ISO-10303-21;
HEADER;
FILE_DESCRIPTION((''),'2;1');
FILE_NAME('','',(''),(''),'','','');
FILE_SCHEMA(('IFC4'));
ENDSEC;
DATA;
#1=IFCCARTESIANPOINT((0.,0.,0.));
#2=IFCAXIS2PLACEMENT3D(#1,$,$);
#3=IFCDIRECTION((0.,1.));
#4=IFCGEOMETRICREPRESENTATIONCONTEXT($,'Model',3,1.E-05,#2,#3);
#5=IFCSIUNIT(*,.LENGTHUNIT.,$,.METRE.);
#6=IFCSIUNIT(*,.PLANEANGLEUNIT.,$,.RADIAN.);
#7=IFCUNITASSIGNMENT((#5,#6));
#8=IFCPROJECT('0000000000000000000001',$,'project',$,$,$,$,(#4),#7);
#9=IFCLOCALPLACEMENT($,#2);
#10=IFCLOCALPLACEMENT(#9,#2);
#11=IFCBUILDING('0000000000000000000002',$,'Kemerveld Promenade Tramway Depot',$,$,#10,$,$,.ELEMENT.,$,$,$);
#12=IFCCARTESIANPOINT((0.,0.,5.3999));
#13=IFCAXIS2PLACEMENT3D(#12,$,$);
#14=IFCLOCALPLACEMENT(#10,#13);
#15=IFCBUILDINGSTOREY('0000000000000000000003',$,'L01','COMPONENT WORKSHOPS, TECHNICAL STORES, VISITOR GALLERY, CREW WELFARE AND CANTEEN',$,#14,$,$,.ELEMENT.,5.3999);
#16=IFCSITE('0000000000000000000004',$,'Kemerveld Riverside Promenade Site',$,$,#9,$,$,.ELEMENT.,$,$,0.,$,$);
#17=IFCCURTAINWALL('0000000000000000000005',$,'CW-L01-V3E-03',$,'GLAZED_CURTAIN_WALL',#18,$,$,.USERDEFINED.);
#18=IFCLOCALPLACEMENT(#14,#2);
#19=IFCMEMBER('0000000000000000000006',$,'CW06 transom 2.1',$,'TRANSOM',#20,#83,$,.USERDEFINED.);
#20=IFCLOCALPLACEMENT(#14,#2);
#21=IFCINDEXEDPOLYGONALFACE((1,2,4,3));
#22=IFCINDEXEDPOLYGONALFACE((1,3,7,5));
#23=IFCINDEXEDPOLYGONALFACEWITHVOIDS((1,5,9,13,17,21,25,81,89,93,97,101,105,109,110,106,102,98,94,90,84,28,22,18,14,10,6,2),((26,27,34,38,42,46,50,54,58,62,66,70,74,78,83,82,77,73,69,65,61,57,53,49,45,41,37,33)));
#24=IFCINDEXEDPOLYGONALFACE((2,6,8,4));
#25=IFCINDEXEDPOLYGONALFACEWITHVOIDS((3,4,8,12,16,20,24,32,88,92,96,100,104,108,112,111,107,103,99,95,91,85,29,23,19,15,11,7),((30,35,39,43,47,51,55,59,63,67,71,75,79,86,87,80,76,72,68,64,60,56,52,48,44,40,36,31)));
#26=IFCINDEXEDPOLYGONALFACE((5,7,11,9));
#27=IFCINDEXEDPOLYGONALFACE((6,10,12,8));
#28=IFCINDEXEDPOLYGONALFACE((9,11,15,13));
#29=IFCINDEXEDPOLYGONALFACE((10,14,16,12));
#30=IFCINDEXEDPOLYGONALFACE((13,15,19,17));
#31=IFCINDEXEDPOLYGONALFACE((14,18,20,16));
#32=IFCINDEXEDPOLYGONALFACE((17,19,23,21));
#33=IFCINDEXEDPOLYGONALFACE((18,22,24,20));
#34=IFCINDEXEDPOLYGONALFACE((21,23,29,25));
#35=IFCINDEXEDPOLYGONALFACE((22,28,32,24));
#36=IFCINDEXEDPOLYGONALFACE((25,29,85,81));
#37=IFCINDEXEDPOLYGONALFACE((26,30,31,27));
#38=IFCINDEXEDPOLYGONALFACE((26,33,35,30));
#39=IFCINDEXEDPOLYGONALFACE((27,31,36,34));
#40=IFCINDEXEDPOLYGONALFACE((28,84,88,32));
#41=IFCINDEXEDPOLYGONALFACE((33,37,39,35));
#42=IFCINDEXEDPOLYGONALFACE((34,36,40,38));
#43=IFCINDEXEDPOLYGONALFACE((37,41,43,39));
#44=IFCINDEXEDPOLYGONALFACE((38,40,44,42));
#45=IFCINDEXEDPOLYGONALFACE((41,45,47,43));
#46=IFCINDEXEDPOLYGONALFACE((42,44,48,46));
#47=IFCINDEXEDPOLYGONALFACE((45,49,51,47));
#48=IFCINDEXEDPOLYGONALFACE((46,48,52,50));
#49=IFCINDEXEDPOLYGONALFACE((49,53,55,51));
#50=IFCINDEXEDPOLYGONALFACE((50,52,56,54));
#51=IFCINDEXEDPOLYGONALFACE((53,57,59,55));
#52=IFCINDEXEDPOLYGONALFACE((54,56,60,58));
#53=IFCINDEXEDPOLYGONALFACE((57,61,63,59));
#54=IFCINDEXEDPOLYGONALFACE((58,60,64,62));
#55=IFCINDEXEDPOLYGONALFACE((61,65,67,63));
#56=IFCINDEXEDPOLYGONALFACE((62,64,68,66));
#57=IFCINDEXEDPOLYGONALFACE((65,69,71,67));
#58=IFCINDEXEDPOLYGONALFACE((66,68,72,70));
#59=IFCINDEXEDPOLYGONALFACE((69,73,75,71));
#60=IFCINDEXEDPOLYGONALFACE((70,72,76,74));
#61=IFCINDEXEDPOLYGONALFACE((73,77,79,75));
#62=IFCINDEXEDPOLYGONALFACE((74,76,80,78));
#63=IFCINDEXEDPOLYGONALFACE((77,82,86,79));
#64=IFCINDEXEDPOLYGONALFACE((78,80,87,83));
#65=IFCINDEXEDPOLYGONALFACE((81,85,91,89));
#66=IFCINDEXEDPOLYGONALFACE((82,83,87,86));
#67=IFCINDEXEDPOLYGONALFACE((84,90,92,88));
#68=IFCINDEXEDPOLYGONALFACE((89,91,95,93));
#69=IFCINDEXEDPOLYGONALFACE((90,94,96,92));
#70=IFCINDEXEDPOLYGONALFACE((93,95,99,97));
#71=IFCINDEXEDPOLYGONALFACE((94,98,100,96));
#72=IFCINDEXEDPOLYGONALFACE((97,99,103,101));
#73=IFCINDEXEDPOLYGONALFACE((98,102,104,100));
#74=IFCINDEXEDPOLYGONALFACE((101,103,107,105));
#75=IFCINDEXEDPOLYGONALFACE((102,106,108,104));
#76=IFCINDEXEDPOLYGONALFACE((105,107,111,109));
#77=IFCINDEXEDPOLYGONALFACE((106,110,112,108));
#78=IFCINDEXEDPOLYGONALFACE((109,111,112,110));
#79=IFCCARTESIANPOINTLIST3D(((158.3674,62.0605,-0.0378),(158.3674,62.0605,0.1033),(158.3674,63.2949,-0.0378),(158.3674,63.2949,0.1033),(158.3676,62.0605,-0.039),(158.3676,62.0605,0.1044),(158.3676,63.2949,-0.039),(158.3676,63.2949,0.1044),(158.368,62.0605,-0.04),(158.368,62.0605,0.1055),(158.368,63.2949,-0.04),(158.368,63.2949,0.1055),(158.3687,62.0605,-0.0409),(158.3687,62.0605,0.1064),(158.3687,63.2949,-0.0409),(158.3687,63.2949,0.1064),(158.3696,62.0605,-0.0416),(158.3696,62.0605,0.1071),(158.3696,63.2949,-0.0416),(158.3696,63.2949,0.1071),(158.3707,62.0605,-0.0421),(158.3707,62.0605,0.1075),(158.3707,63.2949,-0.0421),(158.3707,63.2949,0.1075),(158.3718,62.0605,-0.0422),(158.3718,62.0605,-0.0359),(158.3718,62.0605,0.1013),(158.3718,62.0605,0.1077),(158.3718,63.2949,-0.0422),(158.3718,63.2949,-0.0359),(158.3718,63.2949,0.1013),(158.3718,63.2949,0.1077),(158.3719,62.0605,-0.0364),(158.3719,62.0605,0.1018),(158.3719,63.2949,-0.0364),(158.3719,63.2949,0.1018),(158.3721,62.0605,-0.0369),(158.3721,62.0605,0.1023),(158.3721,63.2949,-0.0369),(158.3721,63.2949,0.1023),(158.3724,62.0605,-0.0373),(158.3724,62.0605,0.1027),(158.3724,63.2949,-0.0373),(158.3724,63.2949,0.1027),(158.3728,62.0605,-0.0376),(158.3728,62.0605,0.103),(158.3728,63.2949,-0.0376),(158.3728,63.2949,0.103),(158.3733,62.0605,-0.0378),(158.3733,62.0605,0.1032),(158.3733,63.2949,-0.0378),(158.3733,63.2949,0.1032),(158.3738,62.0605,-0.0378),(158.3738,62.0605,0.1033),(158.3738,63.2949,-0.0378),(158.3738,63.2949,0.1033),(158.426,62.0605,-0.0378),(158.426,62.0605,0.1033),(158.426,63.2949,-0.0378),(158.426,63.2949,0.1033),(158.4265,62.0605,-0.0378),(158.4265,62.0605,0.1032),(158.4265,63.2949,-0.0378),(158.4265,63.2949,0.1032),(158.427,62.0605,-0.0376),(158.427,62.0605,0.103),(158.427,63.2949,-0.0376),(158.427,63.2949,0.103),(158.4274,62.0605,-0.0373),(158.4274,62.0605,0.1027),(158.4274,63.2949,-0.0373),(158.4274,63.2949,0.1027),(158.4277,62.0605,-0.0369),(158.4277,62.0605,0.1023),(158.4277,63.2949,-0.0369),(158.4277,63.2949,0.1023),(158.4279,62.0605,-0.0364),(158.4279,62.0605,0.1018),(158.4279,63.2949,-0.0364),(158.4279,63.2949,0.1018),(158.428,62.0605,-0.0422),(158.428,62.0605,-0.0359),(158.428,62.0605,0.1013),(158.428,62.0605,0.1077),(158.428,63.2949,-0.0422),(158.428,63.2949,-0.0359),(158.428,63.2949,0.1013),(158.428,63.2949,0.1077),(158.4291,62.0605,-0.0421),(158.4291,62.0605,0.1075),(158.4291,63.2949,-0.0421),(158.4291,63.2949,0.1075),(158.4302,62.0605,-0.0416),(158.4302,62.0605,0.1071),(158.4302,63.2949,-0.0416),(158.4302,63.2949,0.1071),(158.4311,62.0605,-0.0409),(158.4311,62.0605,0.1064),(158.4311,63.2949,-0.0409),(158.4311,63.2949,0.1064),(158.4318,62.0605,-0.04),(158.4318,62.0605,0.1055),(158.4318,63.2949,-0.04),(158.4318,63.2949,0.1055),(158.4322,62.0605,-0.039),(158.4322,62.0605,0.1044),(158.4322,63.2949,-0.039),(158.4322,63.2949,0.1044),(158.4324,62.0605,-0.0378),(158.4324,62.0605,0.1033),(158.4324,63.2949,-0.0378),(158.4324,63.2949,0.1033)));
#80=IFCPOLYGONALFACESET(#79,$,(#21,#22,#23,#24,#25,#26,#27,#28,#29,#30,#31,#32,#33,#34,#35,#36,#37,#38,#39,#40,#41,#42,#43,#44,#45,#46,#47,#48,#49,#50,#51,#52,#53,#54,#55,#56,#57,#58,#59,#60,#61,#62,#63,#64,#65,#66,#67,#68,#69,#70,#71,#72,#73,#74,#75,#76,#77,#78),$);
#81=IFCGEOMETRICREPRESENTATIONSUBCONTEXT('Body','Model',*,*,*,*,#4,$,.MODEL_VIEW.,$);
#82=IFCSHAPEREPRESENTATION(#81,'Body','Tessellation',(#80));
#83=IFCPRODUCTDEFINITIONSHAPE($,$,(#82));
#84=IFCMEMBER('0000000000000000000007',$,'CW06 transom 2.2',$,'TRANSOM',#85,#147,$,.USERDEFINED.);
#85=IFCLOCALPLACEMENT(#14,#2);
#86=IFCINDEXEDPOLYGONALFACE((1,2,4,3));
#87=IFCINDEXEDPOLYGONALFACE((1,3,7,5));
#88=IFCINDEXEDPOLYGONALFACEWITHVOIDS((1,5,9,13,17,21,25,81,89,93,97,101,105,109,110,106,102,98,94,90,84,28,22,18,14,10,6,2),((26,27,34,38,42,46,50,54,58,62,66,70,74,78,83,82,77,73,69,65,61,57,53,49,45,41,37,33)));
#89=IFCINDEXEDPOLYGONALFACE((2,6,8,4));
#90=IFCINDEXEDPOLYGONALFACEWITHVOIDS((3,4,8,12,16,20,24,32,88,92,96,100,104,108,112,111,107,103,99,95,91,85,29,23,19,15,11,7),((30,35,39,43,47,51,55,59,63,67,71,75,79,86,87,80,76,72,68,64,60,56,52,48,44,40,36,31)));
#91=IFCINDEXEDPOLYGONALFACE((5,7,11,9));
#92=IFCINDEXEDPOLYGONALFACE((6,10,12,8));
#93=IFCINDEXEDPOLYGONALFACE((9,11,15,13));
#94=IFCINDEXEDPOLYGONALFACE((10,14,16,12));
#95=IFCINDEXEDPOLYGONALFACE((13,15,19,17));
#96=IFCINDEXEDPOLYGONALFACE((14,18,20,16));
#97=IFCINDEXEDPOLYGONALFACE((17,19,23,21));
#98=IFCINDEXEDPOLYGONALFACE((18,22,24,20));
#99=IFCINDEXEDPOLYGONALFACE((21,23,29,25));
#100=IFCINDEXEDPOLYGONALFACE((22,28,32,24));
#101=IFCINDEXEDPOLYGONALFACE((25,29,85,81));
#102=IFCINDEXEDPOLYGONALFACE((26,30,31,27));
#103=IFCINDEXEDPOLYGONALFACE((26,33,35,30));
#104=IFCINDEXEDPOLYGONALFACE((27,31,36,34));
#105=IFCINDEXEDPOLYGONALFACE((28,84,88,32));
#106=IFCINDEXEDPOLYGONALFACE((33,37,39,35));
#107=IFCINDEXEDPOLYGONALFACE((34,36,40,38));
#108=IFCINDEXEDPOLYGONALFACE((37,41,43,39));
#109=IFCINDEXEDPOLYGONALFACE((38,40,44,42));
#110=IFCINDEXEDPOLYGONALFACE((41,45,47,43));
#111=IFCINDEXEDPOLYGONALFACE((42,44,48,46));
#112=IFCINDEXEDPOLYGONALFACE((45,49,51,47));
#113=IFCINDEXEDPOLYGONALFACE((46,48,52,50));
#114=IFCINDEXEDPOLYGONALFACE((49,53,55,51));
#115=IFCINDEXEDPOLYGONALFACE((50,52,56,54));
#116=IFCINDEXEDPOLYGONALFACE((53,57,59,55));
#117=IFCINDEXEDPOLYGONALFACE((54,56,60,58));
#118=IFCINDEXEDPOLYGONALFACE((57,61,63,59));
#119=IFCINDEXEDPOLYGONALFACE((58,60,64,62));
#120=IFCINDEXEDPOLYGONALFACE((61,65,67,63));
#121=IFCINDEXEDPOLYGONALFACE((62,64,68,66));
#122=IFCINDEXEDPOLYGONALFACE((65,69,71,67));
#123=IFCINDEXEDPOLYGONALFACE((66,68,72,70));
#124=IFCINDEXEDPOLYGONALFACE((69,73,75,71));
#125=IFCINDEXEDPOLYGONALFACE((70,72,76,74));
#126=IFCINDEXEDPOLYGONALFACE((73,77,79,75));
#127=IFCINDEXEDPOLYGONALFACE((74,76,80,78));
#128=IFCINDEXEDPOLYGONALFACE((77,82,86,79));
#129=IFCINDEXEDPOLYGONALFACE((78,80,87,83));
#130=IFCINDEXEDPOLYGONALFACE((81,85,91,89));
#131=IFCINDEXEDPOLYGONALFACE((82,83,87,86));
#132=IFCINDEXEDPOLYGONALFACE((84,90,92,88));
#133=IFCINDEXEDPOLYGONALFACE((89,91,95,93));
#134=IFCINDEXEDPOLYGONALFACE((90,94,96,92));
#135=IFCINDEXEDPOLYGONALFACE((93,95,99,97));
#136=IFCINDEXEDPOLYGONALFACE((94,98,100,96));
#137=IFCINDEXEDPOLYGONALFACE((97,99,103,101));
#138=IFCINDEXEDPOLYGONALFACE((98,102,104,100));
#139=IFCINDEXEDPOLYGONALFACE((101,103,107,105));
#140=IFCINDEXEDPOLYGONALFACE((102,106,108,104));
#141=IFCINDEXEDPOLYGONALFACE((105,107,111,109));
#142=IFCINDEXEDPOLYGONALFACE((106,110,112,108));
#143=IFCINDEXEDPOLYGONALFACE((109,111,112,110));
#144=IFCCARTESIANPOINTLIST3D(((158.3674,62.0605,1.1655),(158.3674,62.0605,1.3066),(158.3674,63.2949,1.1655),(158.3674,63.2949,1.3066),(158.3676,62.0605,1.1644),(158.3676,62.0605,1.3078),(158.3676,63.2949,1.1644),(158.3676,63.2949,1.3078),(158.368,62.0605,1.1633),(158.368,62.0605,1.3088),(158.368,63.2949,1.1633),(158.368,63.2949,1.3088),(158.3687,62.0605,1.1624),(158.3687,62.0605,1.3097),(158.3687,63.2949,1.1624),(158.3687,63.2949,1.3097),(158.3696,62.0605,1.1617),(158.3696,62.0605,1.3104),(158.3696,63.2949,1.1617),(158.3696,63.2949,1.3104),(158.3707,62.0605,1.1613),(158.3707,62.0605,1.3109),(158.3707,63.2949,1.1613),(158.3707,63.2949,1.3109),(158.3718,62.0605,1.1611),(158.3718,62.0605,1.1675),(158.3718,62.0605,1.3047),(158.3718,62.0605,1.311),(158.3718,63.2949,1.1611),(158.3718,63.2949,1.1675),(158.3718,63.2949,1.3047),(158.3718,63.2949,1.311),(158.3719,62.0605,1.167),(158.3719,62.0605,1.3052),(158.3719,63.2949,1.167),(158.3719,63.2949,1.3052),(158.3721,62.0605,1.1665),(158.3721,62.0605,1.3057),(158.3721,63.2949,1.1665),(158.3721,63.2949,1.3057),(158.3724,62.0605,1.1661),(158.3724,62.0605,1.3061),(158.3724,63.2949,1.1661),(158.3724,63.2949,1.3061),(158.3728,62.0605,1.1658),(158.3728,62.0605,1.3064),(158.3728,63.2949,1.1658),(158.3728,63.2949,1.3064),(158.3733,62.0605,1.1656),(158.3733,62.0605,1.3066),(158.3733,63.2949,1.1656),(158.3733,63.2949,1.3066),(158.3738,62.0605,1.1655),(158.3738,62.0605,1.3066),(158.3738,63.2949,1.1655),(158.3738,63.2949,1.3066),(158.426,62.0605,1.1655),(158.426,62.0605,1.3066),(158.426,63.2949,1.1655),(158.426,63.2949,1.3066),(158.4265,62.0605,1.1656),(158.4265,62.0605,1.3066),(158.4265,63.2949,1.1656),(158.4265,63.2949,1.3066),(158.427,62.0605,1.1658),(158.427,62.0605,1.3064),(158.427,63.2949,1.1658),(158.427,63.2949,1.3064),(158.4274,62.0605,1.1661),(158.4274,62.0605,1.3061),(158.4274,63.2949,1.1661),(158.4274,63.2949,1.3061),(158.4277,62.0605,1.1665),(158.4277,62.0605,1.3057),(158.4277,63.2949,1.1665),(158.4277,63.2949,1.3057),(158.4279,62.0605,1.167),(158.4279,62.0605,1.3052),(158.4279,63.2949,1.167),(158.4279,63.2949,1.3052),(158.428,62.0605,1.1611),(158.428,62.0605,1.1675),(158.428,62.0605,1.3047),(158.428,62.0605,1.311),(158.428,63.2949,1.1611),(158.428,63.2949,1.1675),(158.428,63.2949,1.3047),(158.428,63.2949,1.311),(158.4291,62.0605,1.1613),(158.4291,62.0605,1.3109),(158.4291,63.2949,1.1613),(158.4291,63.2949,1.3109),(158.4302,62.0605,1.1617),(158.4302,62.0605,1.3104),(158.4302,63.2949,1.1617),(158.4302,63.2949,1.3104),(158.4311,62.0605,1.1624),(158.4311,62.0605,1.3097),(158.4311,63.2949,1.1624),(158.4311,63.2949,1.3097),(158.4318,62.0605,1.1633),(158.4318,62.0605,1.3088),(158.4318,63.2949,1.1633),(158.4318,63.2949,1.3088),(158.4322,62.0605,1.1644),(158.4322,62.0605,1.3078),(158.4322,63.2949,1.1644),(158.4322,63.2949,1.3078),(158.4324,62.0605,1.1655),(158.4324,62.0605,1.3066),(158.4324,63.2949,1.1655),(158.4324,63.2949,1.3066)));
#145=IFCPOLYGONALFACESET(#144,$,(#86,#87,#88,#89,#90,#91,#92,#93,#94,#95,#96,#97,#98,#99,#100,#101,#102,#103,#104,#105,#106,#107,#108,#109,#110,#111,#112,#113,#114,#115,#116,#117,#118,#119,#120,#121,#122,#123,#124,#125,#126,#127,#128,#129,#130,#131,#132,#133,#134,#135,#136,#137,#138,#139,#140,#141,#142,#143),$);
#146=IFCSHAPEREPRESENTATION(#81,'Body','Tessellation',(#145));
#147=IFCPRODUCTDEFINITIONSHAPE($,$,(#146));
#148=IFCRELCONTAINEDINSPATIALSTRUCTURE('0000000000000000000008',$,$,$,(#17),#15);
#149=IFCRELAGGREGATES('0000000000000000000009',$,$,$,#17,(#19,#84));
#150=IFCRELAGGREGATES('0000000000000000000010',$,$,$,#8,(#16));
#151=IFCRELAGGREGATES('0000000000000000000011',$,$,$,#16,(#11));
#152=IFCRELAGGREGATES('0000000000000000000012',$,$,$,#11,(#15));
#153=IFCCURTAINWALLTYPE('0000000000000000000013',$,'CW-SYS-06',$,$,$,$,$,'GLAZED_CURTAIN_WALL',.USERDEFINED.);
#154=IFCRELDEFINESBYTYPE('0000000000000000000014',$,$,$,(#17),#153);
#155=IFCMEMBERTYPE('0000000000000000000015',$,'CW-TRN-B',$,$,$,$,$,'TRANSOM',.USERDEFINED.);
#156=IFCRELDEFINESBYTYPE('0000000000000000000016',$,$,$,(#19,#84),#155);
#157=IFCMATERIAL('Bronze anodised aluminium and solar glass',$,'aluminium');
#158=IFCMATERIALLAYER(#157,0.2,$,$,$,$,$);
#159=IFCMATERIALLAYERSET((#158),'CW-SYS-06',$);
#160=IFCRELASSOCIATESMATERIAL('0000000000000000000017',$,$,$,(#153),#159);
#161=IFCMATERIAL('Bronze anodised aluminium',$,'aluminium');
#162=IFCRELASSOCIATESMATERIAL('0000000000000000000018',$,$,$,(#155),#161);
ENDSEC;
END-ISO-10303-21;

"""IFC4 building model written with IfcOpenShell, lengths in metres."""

from ifc_helpers import new_model, si_unit, direction, frame, origin, origin_2d, place, context, subcontext, project, spatial, hollow_rectangle, extrude, material, layer, layer_set, material_profile, profile_set, type_object, element, aggregate, save


model = new_model("IFC4")

# Units and contexts
model_context = context("Model", 3, precision=1e-05, world=origin(), true_north=direction((0.0, 1.0)))
body_context = subcontext(model_context, "Body", "Model", "MODEL_VIEW")
ifc_project = project(units=[si_unit("LENGTHUNIT", "METRE"), si_unit("PLANEANGLEUNIT", "RADIAN")], contexts=[model_context])

# Site, building, storey
site_placement = place(None, origin())
site = spatial("IfcSite", under=ifc_project, at=site_placement, Name="Kemerveld Riverside Promenade Site", CompositionType="ELEMENT", RefElevation=0.0)
building_placement = place(site_placement, origin())
building = spatial("IfcBuilding", under=site, at=building_placement, Name="Kemerveld Promenade Tramway Depot", CompositionType="ELEMENT")
storey_placement = place(building_placement, frame((0.0, 0.0, 5.3999)))
storey = spatial("IfcBuildingStorey", under=building, at=storey_placement, Name="L01", Description="COMPONENT WORKSHOPS, TECHNICAL STORES, VISITOR GALLERY, CREW WELFARE AND CANTEEN", CompositionType="ELEMENT", Elevation=5.3999)

# Shared definitions
ifc_material_1 = material(Name="Bronze anodised aluminium and solar glass", Category="aluminium")
ifc_material_2 = material(Name="Bronze anodised aluminium", Category="aluminium")

# Curtain wall, members
ifc_layer_1 = layer(ifc_material_1, 0.2)
ifc_layer_set_1 = layer_set([ifc_layer_1], Name="CW-SYS-06")
curtain_wall_type_1 = type_object("IfcCurtainWallType", Name="CW-SYS-06", ElementType="GLAZED_CURTAIN_WALL", PredefinedType="USERDEFINED", material=ifc_layer_set_1)
curtain_wall_1_placement = place(storey_placement, origin())
curtain_wall_1 = element("IfcCurtainWall", 1, at=curtain_wall_1_placement, inside=storey, type_object=curtain_wall_type_1, Name="CW-L01-V3E-03", ObjectType="GLAZED_CURTAIN_WALL", PredefinedType="USERDEFINED")
ifc_material_profile_1 = material_profile(ifc_material_2, hollow_rectangle(XDim=0.0649, YDim=0.1499, WallThickness=0.0044, InnerFilletRadius=0.002, OuterFilletRadius=0.0044, at=origin_2d()), Name="CW-TRN-150x65")
ifc_profile_set_1 = profile_set([ifc_material_profile_1], Name="Bronze anodised aluminium")
member_type_1 = type_object("IfcMemberType", Name="CW-TRN-B", ElementType="TRANSOM", PredefinedType="USERDEFINED", material=ifc_profile_set_1)
member_1_placement = place(storey_placement, frame((158.3999, 63.2949, 0.0327), z_axis=(0.0, -1.0, 0.0), x_axis=(1.0, 0.0, 0.0)))
member_1 = element("IfcMember", 2, at=member_1_placement, type_object=member_type_1, Name="CW06 transom 2.1", ObjectType="TRANSOM", PredefinedType="USERDEFINED", context=body_context, shape_type="SweptSolid", body=[
    extrude(hollow_rectangle(XDim=0.0649, YDim=0.1499, WallThickness=0.0044, InnerFilletRadius=0.002, OuterFilletRadius=0.0044, at=origin_2d()), origin(), (0.0, 0.0, 1.0), 1.2344),
])
member_2_placement = place(storey_placement, frame((158.3999, 63.2949, 1.2361), z_axis=(0.0, -1.0, 0.0), x_axis=(1.0, 0.0, 0.0)))
member_2 = element("IfcMember", 3, at=member_2_placement, type_object=member_type_1, Name="CW06 transom 2.2", ObjectType="TRANSOM", PredefinedType="USERDEFINED", context=body_context, shape_type="SweptSolid", body=[
    extrude(hollow_rectangle(XDim=0.0649, YDim=0.1499, WallThickness=0.0044, InnerFilletRadius=0.002, OuterFilletRadius=0.0044, at=origin_2d()), origin(), (0.0, 0.0, 1.0), 1.2344),
])

aggregate(curtain_wall_1, [member_1, member_2])

save(model, "model.ifc")
